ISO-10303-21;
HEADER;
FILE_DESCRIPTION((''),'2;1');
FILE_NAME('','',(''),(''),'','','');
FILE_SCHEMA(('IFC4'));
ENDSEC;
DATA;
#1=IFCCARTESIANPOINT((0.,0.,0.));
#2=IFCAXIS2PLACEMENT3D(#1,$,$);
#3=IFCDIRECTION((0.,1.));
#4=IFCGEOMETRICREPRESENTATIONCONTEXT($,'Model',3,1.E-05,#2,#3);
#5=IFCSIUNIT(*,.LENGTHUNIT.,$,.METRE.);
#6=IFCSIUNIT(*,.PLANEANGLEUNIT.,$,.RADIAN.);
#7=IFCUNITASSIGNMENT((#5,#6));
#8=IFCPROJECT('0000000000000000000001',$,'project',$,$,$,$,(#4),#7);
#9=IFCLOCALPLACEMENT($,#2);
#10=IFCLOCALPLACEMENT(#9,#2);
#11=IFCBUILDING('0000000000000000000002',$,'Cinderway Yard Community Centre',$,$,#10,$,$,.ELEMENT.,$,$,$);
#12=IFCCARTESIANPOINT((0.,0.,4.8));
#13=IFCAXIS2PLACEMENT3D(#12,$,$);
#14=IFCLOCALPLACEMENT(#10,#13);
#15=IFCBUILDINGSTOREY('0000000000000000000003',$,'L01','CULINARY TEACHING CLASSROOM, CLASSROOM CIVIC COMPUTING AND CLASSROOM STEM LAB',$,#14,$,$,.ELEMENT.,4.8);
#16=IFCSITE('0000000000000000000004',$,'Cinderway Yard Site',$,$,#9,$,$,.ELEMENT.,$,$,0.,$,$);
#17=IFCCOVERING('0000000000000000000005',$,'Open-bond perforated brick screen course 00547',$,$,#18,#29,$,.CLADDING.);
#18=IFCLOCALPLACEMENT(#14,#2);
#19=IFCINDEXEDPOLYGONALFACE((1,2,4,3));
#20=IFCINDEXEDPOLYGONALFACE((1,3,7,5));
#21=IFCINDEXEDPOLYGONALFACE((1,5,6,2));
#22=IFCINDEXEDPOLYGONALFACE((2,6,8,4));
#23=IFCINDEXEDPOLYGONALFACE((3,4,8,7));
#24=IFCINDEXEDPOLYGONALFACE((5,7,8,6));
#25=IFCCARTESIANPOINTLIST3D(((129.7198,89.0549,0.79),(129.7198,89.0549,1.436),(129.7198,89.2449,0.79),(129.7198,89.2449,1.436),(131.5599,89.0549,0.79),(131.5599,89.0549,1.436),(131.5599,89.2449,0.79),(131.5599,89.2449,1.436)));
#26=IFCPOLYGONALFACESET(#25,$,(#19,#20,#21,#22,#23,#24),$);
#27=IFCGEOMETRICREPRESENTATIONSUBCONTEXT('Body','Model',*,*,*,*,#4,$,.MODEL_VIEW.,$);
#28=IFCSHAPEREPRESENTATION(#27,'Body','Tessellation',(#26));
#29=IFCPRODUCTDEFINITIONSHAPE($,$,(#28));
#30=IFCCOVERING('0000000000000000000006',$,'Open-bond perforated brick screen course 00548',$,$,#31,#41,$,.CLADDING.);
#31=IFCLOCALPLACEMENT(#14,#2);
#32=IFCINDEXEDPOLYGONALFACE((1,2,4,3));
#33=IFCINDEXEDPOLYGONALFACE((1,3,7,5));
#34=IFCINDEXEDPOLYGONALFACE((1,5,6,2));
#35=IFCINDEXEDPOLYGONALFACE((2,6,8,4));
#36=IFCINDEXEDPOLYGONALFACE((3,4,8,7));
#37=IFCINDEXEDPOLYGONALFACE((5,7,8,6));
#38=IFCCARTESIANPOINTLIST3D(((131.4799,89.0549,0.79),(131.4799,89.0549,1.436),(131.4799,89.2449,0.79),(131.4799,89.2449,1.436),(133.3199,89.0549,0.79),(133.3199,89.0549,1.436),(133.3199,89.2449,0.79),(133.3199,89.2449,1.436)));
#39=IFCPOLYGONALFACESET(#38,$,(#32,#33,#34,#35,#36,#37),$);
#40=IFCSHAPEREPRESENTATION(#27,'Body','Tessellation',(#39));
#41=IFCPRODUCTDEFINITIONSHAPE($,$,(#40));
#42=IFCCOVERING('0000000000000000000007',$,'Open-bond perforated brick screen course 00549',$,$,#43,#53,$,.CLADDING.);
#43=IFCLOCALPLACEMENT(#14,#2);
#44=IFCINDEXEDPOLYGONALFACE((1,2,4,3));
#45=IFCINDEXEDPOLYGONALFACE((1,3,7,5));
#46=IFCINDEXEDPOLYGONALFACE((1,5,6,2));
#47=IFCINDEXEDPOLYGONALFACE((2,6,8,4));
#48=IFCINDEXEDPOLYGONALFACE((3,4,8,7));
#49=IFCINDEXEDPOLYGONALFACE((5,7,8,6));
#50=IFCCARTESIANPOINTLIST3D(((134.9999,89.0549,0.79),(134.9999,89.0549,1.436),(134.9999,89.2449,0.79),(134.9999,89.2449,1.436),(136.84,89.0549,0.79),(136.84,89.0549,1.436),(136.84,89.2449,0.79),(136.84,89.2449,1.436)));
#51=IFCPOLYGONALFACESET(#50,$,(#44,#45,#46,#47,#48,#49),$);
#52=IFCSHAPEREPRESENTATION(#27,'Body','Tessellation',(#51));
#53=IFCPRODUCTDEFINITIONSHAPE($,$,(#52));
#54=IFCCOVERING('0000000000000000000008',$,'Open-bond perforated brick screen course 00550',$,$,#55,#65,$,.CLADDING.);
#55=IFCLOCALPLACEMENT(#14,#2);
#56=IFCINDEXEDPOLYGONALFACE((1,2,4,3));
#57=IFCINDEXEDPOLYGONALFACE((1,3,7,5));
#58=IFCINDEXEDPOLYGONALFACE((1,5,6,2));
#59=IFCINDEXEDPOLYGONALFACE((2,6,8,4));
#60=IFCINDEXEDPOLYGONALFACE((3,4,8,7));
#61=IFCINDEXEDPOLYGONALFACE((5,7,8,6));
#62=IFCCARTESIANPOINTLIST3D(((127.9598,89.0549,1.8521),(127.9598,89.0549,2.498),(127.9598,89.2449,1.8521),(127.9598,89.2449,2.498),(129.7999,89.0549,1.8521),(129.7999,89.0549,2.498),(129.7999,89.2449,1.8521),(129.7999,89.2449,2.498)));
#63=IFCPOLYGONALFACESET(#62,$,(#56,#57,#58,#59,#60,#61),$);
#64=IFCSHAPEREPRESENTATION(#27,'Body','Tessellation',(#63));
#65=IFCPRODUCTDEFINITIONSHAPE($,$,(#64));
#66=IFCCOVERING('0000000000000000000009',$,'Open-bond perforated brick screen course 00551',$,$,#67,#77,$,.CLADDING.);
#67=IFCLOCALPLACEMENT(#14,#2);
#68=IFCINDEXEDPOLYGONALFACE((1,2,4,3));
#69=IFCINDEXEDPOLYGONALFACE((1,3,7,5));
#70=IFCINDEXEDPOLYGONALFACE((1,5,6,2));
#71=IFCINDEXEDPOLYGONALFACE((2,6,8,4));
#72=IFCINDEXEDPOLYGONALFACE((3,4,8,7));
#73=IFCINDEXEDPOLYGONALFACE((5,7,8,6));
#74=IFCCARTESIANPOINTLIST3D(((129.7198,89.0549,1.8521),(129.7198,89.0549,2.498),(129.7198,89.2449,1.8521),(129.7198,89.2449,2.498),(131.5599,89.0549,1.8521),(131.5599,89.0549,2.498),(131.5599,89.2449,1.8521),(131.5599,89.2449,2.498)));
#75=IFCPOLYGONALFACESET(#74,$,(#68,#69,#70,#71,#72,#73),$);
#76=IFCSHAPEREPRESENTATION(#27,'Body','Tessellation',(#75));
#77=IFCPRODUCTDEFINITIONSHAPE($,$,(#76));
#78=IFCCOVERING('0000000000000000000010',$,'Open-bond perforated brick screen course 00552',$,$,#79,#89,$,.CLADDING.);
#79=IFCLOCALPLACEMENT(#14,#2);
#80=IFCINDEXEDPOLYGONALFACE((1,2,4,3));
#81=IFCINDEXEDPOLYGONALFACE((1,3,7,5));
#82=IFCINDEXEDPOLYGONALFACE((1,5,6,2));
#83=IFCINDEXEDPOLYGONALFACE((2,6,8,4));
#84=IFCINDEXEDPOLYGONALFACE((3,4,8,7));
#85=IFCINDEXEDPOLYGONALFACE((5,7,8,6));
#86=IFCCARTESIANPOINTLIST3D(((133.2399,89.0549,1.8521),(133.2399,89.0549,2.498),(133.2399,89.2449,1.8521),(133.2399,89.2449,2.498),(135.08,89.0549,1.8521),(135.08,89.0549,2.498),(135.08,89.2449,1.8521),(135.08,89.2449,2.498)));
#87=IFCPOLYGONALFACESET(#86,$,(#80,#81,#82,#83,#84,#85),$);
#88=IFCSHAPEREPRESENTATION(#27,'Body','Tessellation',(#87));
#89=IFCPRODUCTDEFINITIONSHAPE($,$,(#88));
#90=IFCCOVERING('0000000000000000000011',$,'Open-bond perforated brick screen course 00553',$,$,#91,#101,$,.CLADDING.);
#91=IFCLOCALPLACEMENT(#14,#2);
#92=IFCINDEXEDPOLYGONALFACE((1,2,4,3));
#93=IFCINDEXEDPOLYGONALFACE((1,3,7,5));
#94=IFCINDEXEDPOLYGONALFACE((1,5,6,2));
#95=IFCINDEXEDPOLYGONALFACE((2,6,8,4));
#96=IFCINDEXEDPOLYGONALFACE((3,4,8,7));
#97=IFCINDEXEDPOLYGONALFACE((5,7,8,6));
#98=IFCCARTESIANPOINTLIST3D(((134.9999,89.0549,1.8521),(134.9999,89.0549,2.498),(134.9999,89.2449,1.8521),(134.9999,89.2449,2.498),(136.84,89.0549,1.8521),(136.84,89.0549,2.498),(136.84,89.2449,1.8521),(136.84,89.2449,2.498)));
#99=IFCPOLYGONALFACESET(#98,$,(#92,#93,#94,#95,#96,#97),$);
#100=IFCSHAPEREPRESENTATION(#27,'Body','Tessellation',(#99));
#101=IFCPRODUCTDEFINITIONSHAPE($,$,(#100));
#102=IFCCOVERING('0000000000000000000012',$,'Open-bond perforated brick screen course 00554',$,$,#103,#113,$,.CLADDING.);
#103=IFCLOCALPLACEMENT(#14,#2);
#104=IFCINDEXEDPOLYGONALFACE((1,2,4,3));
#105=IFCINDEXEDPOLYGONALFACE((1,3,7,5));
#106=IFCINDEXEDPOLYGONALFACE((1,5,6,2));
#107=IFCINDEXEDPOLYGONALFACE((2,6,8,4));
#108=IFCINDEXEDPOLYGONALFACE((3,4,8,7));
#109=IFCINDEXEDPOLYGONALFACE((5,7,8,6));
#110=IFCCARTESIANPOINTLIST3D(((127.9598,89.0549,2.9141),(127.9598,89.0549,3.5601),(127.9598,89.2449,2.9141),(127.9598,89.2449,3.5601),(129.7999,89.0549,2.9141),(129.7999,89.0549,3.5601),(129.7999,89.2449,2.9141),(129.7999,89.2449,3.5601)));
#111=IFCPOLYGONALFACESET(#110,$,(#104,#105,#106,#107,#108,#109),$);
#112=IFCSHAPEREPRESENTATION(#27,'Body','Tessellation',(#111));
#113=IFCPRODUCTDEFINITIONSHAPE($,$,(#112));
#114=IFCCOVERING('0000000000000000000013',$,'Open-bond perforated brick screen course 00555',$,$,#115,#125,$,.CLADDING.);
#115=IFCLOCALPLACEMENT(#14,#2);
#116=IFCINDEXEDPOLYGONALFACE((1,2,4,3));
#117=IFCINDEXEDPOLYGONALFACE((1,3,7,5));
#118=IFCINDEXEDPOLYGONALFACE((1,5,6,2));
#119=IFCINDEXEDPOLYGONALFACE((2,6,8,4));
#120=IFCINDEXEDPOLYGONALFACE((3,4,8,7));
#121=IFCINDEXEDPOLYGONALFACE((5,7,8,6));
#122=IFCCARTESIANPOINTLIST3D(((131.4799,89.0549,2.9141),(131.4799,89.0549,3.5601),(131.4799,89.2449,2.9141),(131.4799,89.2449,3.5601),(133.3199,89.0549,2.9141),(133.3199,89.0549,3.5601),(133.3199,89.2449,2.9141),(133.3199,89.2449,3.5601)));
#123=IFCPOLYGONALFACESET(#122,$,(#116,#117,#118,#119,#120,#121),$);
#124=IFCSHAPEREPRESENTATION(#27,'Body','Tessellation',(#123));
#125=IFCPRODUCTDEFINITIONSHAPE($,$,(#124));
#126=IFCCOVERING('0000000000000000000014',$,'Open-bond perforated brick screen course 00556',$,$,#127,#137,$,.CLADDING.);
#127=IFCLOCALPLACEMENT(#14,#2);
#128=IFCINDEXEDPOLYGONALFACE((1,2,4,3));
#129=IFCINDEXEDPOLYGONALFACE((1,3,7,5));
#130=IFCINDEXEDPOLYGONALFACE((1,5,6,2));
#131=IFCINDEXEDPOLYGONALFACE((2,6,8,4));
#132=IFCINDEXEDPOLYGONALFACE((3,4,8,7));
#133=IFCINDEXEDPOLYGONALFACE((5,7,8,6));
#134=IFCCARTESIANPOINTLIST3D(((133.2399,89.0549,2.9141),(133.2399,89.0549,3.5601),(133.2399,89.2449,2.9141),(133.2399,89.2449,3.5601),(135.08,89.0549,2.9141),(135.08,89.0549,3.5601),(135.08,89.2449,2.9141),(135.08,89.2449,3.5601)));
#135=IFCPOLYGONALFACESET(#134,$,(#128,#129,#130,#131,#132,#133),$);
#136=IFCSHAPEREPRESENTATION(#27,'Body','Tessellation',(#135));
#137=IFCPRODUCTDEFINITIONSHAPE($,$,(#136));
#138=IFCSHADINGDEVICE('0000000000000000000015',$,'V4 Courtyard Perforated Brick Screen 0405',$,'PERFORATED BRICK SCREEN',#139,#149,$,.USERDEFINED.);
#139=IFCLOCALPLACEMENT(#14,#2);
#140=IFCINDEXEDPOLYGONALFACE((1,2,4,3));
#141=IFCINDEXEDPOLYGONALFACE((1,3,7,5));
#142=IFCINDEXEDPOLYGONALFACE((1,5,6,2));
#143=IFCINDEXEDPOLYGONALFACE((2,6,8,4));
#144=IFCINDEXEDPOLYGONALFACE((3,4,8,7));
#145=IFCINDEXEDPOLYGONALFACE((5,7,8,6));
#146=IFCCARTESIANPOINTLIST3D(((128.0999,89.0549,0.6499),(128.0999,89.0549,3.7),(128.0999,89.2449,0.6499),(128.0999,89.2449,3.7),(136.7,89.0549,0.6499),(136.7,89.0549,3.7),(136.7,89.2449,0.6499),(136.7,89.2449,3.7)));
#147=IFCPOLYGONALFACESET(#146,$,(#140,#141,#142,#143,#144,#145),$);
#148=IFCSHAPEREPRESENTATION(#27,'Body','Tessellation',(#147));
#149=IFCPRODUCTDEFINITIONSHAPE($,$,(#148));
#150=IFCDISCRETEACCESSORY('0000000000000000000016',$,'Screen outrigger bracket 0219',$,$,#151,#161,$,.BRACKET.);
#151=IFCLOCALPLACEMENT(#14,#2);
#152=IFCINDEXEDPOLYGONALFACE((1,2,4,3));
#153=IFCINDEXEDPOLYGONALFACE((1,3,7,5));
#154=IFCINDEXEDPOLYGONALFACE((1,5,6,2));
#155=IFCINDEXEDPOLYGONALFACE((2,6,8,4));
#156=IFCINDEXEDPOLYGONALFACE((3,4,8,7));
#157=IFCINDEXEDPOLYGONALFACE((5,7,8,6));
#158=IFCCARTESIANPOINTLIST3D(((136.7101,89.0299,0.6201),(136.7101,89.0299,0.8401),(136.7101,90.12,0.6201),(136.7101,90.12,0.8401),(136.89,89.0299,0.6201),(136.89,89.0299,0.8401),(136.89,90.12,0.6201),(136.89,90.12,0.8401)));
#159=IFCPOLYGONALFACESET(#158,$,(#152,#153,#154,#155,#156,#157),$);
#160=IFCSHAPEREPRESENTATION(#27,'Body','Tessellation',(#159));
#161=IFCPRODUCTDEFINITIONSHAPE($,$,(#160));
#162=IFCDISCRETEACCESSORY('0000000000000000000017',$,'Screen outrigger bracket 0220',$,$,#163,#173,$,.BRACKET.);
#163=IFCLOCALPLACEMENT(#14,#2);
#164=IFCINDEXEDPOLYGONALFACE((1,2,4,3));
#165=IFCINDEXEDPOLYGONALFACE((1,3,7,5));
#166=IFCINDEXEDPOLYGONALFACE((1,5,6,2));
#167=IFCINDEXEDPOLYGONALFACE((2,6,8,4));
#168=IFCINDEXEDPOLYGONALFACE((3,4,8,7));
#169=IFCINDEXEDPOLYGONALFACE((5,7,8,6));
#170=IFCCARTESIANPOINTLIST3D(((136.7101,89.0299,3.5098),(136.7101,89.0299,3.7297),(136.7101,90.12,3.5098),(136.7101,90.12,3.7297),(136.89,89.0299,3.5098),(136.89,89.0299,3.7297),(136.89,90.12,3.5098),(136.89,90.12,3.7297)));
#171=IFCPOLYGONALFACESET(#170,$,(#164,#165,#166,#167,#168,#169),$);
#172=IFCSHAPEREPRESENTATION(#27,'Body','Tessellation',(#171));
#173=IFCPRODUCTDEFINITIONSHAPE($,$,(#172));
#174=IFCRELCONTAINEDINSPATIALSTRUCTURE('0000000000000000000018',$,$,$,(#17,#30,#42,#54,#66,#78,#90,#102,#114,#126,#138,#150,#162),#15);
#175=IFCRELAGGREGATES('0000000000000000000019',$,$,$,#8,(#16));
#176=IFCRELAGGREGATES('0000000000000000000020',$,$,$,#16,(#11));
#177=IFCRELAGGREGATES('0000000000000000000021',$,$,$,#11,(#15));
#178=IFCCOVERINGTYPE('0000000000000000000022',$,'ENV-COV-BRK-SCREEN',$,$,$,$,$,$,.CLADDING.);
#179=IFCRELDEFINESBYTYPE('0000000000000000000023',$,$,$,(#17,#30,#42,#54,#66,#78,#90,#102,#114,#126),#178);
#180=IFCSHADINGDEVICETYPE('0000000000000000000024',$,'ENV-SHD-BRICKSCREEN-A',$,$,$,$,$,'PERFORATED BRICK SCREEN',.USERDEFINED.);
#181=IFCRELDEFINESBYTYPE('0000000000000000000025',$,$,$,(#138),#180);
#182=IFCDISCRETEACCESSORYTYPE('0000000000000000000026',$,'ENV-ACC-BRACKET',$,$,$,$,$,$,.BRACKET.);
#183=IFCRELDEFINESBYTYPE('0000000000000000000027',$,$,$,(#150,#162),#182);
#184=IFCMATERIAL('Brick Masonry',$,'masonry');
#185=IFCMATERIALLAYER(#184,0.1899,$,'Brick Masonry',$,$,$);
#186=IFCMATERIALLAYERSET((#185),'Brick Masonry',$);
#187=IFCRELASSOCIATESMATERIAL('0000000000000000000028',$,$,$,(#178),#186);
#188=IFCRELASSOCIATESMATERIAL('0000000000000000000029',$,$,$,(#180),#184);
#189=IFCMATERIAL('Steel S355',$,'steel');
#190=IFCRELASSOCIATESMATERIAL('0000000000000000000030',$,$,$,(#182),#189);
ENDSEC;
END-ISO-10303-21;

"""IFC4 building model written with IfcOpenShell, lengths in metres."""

from ifc_helpers import new_model, si_unit, direction, frame, origin, origin_2d, place, context, subcontext, project, spatial, rectangle, extrude, material, layer, layer_set, type_object, element, save


model = new_model("IFC4")

# Units and contexts
model_context = context("Model", 3, precision=1e-05, world=origin(), true_north=direction((0.0, 1.0)))
body_context = subcontext(model_context, "Body", "Model", "MODEL_VIEW")
ifc_project = project(units=[si_unit("LENGTHUNIT", "METRE"), si_unit("PLANEANGLEUNIT", "RADIAN")], contexts=[model_context])

# Site, building, storey
site_placement = place(None, origin())
site = spatial("IfcSite", under=ifc_project, at=site_placement, Name="Cinderway Yard Site", CompositionType="ELEMENT", RefElevation=0.0)
building_placement = place(site_placement, origin())
building = spatial("IfcBuilding", under=site, at=building_placement, Name="Cinderway Yard Community Centre", CompositionType="ELEMENT")
storey_placement = place(building_placement, frame((0.0, 0.0, 4.8)))
storey = spatial("IfcBuildingStorey", under=building, at=storey_placement, Name="L01", Description="CULINARY TEACHING CLASSROOM, CLASSROOM CIVIC COMPUTING AND CLASSROOM STEM LAB", CompositionType="ELEMENT", Elevation=4.8)

# Shared definitions
ifc_material_1 = material(Name="Steel S355", Category="steel")

# Shared definitions
ifc_material_2 = material(Name="Brick Masonry", Category="masonry")

# Coverings
ifc_layer_1 = layer(ifc_material_2, 0.1899, Name="Brick Masonry")
ifc_layer_set_1 = layer_set([ifc_layer_1], Name="Brick Masonry")
covering_type = type_object("IfcCoveringType", Name="ENV-COV-BRK-SCREEN", PredefinedType="CLADDING", material=ifc_layer_set_1)
for number, where, z_axis, x_axis, name in (
    (1, (130.6399, 89.1499, 0.79), (0.0, 0.0, 1.0), (-1.0, 0.0, 0.0), "Open-bond perforated brick screen course 00547"),
    (2, (132.3999, 89.1499, 0.79), (0.0, 0.0, 1.0), (-1.0, 0.0, 0.0), "Open-bond perforated brick screen course 00548"),
    (3, (135.9199, 89.1499, 0.79), (0.0, 0.0, 1.0), (-1.0, 0.0, 0.0), "Open-bond perforated brick screen course 00549"),
    (4, (128.8799, 89.1499, 1.8521), (0.0, 0.0, 1.0), (-1.0, 0.0, 0.0), "Open-bond perforated brick screen course 00550"),
    (5, (130.6399, 89.1499, 1.8521), (0.0, 0.0, 1.0), (-1.0, 0.0, 0.0), "Open-bond perforated brick screen course 00551"),
    (6, (134.1599, 89.1499, 1.8521), (0.0, 0.0, 1.0), (-1.0, 0.0, 0.0), "Open-bond perforated brick screen course 00552"),
    (7, (135.9199, 89.1499, 1.8521), (0.0, 0.0, 1.0), (-1.0, 0.0, 0.0), "Open-bond perforated brick screen course 00553"),
    (8, (128.8799, 89.1499, 2.9141), (0.0, 0.0, 1.0), (-1.0, 0.0, 0.0), "Open-bond perforated brick screen course 00554"),
    (9, (132.3999, 89.1499, 2.9141), (0.0, 0.0, 1.0), (-1.0, 0.0, 0.0), "Open-bond perforated brick screen course 00555"),
    (10, (134.1599, 89.1499, 2.9141), (0.0, 0.0, 1.0), (-1.0, 0.0, 0.0), "Open-bond perforated brick screen course 00556"),
):
    element("IfcCovering", number, at=place(storey_placement, frame(where, z_axis=z_axis, x_axis=x_axis)), inside=storey, type_object=covering_type, Name=name, PredefinedType="CLADDING", context=body_context, shape_type="SweptSolid", body=[
        extrude(rectangle(XDim=1.8401, YDim=0.1899, at=origin_2d()), origin(), (0.0, 0.0, 1.0), 0.646),
    ])

# Shading device
shading_device_type = type_object("IfcShadingDeviceType", Name="ENV-SHD-BRICKSCREEN-A", ElementType="PERFORATED BRICK SCREEN", PredefinedType="USERDEFINED", material=ifc_material_2)
shading_device_placement = place(storey_placement, frame((132.3999, 89.1499, 0.6499), z_axis=(0.0, 0.0, 1.0), x_axis=(-1.0, 0.0, 0.0)))
element("IfcShadingDevice", 11, at=shading_device_placement, inside=storey, type_object=shading_device_type, Name="V4 Courtyard Perforated Brick Screen 0405", ObjectType="PERFORATED BRICK SCREEN", PredefinedType="USERDEFINED", context=body_context, shape_type="SweptSolid", body=[
    extrude(rectangle(XDim=8.6001, YDim=0.1899, at=origin_2d()), origin(), (0.0, 0.0, 1.0), 3.05),
])

# Discrete accessories
discrete_accessory_type = type_object("IfcDiscreteAccessoryType", Name="ENV-ACC-BRACKET", PredefinedType="BRACKET", material=ifc_material_1)
for number, where, z_axis, x_axis, name in (
    (12, (136.8, 89.575, 0.6201), (0.0, 0.0, 1.0), (0.0, -1.0, 0.0), "Screen outrigger bracket 0219"),
    (13, (136.8, 89.575, 3.5098), (0.0, 0.0, 1.0), (0.0, -1.0, 0.0), "Screen outrigger bracket 0220"),
):
    element("IfcDiscreteAccessory", number, at=place(storey_placement, frame(where, z_axis=z_axis, x_axis=x_axis)), inside=storey, type_object=discrete_accessory_type, Name=name, PredefinedType="BRACKET", context=body_context, shape_type="SweptSolid", body=[
        extrude(rectangle(XDim=1.0901, YDim=0.1799, at=origin_2d()), origin(), (0.0, 0.0, 1.0), 0.22),
    ])

save(model, "model.ifc")
